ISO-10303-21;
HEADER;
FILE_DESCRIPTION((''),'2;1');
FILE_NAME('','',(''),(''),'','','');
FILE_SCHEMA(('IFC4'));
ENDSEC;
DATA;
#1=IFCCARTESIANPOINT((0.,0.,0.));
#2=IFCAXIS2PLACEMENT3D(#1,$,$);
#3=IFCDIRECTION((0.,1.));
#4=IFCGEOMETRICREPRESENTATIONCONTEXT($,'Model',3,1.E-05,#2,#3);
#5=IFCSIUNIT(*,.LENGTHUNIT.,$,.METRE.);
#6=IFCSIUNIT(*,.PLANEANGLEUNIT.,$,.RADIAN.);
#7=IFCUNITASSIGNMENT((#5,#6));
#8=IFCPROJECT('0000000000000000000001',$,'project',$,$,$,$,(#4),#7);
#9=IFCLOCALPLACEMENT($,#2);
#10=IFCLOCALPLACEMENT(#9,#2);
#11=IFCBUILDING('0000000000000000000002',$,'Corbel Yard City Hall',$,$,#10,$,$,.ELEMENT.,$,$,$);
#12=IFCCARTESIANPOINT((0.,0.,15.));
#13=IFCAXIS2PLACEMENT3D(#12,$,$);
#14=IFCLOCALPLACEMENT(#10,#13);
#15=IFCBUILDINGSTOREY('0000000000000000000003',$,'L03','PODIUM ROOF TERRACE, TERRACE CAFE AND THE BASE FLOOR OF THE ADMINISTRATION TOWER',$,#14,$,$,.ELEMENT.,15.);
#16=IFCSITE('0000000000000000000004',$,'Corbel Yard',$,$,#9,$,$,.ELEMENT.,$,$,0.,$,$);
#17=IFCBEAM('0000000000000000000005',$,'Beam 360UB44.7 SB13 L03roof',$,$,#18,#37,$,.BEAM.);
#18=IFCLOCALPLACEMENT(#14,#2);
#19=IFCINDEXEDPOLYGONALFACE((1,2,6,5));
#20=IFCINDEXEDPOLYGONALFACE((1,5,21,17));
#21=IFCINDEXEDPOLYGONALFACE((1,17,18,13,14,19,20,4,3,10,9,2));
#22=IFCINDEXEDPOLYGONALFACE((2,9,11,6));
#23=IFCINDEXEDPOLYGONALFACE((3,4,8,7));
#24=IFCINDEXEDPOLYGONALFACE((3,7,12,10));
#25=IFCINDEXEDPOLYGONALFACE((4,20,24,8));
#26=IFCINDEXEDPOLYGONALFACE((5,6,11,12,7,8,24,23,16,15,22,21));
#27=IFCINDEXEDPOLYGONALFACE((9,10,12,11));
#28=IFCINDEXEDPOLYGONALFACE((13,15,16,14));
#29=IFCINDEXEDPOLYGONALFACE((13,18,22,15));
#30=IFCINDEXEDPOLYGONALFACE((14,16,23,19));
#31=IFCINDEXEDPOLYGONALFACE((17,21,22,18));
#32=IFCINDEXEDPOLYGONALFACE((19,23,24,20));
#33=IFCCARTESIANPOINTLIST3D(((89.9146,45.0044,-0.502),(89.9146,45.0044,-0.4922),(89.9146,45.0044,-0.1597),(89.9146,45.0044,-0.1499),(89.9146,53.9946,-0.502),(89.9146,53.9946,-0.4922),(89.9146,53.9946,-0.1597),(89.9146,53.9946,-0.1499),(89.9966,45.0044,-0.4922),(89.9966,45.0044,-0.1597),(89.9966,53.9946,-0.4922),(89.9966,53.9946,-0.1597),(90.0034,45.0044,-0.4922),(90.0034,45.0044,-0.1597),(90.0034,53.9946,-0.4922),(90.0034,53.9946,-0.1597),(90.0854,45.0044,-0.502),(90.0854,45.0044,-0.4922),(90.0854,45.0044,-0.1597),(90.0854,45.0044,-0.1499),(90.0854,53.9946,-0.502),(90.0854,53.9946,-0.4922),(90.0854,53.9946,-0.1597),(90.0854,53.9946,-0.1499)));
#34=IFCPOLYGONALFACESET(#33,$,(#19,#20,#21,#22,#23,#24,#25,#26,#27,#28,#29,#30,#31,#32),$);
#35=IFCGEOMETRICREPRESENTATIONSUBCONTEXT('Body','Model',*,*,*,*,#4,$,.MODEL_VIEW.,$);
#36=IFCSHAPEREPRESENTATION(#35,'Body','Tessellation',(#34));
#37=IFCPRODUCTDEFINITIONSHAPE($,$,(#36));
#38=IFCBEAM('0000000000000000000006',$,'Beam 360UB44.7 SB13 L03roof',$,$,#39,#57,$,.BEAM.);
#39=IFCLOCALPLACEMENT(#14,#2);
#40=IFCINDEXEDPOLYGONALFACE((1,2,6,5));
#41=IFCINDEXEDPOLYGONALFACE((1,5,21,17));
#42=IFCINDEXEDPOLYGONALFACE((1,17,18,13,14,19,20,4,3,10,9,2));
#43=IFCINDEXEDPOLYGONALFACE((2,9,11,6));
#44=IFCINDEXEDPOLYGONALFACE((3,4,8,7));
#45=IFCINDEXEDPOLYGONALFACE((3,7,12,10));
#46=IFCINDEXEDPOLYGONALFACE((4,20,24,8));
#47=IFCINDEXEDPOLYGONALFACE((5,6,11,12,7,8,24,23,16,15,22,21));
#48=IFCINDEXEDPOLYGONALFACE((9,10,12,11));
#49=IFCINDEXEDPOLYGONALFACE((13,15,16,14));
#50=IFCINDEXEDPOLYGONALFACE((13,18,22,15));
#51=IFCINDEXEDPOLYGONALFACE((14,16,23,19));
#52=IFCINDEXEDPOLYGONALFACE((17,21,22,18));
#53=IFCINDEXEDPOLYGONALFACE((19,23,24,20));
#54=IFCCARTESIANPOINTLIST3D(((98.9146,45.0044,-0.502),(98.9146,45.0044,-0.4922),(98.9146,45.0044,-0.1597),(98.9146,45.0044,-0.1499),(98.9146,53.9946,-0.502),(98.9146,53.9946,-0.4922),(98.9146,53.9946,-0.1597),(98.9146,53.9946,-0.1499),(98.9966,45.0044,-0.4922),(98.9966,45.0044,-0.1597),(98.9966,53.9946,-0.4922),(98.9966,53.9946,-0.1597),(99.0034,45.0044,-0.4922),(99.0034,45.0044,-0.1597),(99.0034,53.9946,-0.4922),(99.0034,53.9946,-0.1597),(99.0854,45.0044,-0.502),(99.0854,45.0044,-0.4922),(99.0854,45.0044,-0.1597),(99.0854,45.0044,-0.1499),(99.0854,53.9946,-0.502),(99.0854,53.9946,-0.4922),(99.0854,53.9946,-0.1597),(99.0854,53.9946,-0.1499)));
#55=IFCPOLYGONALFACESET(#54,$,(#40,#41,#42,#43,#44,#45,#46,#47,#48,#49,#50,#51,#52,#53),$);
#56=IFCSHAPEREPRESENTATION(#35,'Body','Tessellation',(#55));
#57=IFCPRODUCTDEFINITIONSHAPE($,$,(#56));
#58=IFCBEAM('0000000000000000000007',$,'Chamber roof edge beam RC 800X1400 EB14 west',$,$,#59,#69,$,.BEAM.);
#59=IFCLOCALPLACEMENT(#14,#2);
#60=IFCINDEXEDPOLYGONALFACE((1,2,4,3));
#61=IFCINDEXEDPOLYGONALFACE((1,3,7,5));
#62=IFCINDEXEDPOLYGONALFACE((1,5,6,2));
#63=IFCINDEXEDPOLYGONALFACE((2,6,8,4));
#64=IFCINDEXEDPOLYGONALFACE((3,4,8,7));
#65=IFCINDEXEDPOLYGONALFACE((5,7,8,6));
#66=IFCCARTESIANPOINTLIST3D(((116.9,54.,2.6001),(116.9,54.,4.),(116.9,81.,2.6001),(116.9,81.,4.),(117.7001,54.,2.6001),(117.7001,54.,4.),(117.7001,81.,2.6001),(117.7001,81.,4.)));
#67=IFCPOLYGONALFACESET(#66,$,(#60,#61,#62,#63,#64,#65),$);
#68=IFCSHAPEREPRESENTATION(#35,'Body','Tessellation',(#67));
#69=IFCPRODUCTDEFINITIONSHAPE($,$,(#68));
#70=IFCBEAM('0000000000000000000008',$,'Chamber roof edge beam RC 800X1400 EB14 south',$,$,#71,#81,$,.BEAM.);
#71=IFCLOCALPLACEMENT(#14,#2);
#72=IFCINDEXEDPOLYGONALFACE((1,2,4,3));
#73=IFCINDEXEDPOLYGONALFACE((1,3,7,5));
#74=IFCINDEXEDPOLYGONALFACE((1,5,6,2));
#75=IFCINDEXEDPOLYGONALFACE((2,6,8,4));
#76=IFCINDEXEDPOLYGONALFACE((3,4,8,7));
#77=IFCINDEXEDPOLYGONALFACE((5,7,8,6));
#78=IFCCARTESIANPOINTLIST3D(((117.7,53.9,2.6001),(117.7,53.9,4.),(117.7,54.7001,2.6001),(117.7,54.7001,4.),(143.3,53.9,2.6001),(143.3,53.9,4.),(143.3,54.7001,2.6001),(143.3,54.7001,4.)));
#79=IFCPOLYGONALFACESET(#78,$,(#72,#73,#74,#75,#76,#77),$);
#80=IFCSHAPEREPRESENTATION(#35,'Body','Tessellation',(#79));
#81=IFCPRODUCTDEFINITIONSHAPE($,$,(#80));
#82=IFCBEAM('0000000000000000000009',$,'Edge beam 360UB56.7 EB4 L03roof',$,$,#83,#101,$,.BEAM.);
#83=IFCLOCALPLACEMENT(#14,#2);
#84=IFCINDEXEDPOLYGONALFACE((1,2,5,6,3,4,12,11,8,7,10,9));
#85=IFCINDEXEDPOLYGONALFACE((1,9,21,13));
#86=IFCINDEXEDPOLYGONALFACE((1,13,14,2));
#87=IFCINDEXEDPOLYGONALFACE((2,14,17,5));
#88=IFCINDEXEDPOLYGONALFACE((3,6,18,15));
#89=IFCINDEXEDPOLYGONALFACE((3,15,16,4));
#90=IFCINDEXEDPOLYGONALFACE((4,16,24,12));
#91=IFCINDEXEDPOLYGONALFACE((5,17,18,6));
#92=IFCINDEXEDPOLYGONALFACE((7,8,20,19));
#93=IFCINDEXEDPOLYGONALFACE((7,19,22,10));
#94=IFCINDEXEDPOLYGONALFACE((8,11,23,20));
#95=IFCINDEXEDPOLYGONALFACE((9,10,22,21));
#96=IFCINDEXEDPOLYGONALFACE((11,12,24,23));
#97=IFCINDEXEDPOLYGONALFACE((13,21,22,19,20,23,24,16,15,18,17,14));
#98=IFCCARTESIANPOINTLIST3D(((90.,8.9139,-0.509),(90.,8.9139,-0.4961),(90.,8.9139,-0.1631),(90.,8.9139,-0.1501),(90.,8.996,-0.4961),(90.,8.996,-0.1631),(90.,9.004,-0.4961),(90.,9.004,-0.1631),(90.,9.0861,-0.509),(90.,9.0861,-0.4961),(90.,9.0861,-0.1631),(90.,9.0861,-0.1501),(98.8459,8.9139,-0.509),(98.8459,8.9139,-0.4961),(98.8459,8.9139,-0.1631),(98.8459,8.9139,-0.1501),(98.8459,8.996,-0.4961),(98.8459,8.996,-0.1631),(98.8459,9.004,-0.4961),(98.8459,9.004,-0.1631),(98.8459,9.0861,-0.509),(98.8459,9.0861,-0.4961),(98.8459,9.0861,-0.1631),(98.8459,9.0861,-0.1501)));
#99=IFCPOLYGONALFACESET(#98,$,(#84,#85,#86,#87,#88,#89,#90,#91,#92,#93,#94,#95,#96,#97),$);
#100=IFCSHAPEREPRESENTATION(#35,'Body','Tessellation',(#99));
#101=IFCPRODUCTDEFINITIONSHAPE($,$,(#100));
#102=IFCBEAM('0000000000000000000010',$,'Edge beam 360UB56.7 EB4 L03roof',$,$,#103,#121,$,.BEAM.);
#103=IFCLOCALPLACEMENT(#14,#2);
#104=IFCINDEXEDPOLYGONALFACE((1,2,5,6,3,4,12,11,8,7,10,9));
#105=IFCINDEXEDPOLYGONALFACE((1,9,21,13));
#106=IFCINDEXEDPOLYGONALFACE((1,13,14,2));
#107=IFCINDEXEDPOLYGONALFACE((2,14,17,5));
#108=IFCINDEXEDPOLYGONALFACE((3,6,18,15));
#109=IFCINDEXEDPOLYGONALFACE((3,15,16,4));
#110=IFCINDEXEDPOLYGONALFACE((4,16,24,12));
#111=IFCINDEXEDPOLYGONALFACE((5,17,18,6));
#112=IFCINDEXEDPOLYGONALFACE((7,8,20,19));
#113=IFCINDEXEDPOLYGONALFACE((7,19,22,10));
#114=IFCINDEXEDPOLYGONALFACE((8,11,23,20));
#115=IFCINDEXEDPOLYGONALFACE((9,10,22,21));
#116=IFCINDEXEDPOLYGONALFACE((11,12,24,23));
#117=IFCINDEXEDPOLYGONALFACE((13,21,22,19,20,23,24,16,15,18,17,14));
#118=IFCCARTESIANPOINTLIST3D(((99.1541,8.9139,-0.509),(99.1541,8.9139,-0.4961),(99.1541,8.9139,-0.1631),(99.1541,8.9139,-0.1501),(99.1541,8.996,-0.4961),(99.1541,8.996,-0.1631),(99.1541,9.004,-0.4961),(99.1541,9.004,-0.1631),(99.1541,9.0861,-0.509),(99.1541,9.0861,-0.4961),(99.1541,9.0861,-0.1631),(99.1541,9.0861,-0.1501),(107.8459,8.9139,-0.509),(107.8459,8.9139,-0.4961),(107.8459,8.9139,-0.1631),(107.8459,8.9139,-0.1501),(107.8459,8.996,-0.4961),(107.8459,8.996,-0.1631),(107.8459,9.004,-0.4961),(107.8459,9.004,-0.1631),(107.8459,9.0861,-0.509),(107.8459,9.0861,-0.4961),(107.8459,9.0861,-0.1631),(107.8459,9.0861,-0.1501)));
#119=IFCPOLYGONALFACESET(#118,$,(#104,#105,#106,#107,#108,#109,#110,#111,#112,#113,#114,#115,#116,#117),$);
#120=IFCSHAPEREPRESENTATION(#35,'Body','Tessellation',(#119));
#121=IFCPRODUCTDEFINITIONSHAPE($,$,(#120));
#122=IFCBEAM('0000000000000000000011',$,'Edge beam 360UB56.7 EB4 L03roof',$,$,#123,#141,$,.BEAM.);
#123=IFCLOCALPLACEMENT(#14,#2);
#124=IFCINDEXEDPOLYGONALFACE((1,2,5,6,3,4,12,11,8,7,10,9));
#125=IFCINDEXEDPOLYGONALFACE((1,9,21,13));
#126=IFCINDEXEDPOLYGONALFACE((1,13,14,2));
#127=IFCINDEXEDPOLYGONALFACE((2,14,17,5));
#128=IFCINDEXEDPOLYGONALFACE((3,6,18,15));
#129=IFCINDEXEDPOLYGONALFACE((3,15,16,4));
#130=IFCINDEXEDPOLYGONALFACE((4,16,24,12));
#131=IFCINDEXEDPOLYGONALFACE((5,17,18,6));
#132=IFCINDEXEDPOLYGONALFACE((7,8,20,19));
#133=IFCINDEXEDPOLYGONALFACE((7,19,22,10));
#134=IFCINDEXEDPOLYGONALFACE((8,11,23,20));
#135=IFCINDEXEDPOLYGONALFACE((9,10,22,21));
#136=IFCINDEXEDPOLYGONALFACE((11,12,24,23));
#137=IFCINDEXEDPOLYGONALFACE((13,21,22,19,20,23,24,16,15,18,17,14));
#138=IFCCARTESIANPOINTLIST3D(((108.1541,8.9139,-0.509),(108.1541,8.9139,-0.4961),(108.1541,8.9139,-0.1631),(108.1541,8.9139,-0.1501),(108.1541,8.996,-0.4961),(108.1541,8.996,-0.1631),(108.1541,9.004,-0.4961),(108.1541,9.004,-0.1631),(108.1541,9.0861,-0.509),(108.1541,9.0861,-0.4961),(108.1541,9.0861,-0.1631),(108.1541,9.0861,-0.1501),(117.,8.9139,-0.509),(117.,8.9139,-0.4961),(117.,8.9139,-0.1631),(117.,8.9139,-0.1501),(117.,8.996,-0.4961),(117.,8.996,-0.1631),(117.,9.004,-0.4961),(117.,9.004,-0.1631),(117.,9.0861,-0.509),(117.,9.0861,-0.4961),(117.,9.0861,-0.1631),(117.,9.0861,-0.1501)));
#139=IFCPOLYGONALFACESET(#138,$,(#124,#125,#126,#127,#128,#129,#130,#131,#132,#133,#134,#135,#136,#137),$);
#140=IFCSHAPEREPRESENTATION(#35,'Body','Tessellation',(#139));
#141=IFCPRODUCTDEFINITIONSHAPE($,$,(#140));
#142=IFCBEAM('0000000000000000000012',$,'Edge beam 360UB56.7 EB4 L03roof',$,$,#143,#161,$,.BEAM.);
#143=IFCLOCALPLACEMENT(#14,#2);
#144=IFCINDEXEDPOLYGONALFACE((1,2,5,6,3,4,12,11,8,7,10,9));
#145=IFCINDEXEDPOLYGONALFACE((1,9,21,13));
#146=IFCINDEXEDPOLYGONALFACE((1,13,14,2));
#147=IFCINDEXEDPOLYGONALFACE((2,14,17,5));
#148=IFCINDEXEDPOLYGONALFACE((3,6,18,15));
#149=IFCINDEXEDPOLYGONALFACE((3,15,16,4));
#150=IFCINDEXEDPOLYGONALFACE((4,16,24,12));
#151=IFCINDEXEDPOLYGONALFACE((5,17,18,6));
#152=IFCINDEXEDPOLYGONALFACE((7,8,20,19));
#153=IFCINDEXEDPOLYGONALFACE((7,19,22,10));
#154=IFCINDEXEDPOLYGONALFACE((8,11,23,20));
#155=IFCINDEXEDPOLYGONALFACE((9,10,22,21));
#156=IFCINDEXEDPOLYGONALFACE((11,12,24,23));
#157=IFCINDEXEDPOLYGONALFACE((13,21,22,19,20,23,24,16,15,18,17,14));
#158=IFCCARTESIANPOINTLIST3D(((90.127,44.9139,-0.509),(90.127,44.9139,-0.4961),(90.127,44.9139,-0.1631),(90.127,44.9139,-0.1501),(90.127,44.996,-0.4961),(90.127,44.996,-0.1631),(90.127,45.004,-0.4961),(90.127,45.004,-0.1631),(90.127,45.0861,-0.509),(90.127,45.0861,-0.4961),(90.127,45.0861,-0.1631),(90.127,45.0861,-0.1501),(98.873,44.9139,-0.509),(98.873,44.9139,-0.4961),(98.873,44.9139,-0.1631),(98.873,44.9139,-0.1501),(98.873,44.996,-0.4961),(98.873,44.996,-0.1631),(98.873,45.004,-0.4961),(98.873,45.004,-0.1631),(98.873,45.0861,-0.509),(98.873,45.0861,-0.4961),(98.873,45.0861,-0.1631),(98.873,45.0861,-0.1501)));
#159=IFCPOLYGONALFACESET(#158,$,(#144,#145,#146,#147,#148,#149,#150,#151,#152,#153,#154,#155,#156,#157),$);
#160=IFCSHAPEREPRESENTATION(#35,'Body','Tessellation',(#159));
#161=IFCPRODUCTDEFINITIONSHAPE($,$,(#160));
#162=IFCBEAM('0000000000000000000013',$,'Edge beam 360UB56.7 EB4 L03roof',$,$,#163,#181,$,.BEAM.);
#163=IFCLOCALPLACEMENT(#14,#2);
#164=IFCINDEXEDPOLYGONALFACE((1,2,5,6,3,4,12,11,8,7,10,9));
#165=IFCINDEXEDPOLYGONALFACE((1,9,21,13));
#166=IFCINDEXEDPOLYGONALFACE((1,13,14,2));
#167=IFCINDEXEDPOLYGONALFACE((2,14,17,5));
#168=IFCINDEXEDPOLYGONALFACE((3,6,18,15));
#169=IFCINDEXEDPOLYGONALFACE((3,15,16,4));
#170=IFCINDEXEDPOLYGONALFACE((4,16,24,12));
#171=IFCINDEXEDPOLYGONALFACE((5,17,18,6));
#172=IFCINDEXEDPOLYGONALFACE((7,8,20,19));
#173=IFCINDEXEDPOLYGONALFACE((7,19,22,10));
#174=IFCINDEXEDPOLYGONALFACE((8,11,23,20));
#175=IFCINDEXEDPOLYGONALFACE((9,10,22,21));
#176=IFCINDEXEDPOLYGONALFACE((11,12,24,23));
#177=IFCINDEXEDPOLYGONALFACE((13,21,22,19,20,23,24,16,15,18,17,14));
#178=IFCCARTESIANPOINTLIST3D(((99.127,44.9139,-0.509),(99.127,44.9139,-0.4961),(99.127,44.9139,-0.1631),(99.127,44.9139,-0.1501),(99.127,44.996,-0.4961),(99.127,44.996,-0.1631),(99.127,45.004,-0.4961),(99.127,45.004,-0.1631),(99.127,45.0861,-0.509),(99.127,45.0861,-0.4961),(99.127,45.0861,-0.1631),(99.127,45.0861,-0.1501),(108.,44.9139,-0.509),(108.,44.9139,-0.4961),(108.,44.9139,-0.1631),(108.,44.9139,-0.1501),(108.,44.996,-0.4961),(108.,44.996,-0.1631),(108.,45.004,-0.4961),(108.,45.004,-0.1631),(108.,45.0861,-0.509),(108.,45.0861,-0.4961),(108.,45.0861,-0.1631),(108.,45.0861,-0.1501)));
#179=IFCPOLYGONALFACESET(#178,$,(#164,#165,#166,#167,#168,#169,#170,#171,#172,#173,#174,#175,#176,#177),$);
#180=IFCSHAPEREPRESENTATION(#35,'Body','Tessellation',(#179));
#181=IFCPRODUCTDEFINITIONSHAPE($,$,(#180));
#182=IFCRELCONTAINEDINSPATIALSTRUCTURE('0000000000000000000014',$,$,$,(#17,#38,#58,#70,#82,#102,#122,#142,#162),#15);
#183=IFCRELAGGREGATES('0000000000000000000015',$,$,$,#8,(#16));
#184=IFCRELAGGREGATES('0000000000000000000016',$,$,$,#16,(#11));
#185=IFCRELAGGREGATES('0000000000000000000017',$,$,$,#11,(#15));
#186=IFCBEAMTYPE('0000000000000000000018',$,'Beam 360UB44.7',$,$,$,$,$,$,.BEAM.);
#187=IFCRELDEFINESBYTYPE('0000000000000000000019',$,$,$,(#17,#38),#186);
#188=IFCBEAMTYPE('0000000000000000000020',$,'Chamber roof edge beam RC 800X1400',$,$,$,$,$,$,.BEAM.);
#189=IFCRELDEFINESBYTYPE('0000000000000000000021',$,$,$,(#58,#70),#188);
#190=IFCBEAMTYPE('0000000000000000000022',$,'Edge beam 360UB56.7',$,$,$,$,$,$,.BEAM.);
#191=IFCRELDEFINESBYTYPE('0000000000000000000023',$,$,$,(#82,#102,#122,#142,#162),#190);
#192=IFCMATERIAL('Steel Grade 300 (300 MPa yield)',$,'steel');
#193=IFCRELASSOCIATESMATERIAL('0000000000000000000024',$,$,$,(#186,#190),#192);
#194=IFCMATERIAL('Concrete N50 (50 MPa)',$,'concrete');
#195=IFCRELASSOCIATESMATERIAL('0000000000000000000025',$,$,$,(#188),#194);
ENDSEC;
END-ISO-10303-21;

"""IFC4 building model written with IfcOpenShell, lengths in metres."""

from ifc_helpers import new_model, si_unit, direction, frame, origin, origin_2d, place, context, subcontext, project, spatial, rectangle, i_section, extrude, material, material_profile, profile_set, type_object, element, save


model = new_model("IFC4")

# Units and contexts
model_context = context("Model", 3, precision=1e-05, world=origin(), true_north=direction((0.0, 1.0)))
body_context = subcontext(model_context, "Body", "Model", "MODEL_VIEW")
ifc_project = project(units=[si_unit("LENGTHUNIT", "METRE"), si_unit("PLANEANGLEUNIT", "RADIAN")], contexts=[model_context])

# Site, building, storey
site_placement = place(None, origin())
site = spatial("IfcSite", under=ifc_project, at=site_placement, Name="Corbel Yard", CompositionType="ELEMENT", RefElevation=0.0)
building_placement = place(site_placement, origin())
building = spatial("IfcBuilding", under=site, at=building_placement, Name="Corbel Yard City Hall", CompositionType="ELEMENT")
storey_placement = place(building_placement, frame((0.0, 0.0, 15.0)))
storey = spatial("IfcBuildingStorey", under=building, at=storey_placement, Name="L03", Description="PODIUM ROOF TERRACE, TERRACE CAFE AND THE BASE FLOOR OF THE ADMINISTRATION TOWER", CompositionType="ELEMENT", Elevation=15.0)

# Beams
ifc_material_1 = material(Name="Steel Grade 300 (300 MPa yield)", Category="steel")
ifc_material_profile_1 = material_profile(ifc_material_1, i_section(OverallWidth=0.1709, OverallDepth=0.3521, WebThickness=0.0068, FlangeThickness=0.0098, at=origin_2d()), Name="360UB44.7")
ifc_profile_set_1 = profile_set([ifc_material_profile_1], Name="Steel Grade 300 (300 MPa yield)")
beam_type_1 = type_object("IfcBeamType", Name="Beam 360UB44.7", PredefinedType="BEAM", material=ifc_profile_set_1)
for number, where, z_axis, x_axis, name in (
    (1, (90.0, 45.0044, -0.3259), (0.0, 1.0, 0.0), (-1.0, 0.0, 0.0), "Beam 360UB44.7 SB13 L03roof"),
    (2, (99.0, 45.0044, -0.3259), (0.0, 1.0, 0.0), (-1.0, 0.0, 0.0), "Beam 360UB44.7 SB13 L03roof"),
):
    element("IfcBeam", number, at=place(storey_placement, frame(where, z_axis=z_axis, x_axis=x_axis)), inside=storey, type_object=beam_type_1, Name=name, PredefinedType="BEAM", context=body_context, shape_type="SweptSolid", body=[
        extrude(i_section(OverallWidth=0.1709, OverallDepth=0.3521, WebThickness=0.0068, FlangeThickness=0.0098, at=origin_2d()), origin(), (0.0, 0.0, 1.0), 8.9902),
    ])
ifc_material_2 = material(Name="Concrete N50 (50 MPa)", Category="concrete")
ifc_material_profile_2 = material_profile(ifc_material_2, rectangle(XDim=0.8, YDim=1.3999, at=origin_2d()), Name="800x1400")
ifc_profile_set_2 = profile_set([ifc_material_profile_2], Name="Concrete N50 (50 MPa)")
beam_type_2 = type_object("IfcBeamType", Name="Chamber roof edge beam RC 800X1400", PredefinedType="BEAM", material=ifc_profile_set_2)
beam_1_placement = place(storey_placement, frame((117.3, 54.0, 3.3), z_axis=(0.0, 1.0, 0.0), x_axis=(-1.0, 0.0, 0.0)))
element("IfcBeam", 3, at=beam_1_placement, inside=storey, type_object=beam_type_2, Name="Chamber roof edge beam RC 800X1400 EB14 west", PredefinedType="BEAM", context=body_context, shape_type="SweptSolid", body=[
    extrude(rectangle(XDim=0.8, YDim=1.3999, at=origin_2d()), origin(), (0.0, 0.0, 1.0), 27.0),
])
beam_2_placement = place(storey_placement, frame((117.7, 54.3, 3.3), z_axis=(1.0, 0.0, 0.0), x_axis=(0.0, 1.0, 0.0)))
element("IfcBeam", 4, at=beam_2_placement, inside=storey, type_object=beam_type_2, Name="Chamber roof edge beam RC 800X1400 EB14 south", PredefinedType="BEAM", context=body_context, shape_type="SweptSolid", body=[
    extrude(rectangle(XDim=0.8, YDim=1.3999, at=origin_2d()), origin(), (0.0, 0.0, 1.0), 25.6001),
])
ifc_material_profile_3 = material_profile(ifc_material_1, i_section(OverallWidth=0.1721, OverallDepth=0.3589, WebThickness=0.0081, FlangeThickness=0.0129, at=origin_2d()), Name="360UB56.7")
ifc_profile_set_3 = profile_set([ifc_material_profile_3], Name="Steel Grade 300 (300 MPa yield)")
beam_type_3 = type_object("IfcBeamType", Name="Edge beam 360UB56.7", PredefinedType="BEAM", material=ifc_profile_set_3)
beam_3_placement = place(storey_placement, frame((90.0, 9.0, -0.3296), z_axis=(1.0, 0.0, 0.0), x_axis=(0.0, 1.0, 0.0)))
element("IfcBeam", 5, at=beam_3_placement, inside=storey, type_object=beam_type_3, Name="Edge beam 360UB56.7 EB4 L03roof", PredefinedType="BEAM", context=body_context, shape_type="SweptSolid", body=[
    extrude(i_section(OverallWidth=0.1721, OverallDepth=0.3589, WebThickness=0.0081, FlangeThickness=0.0129, at=origin_2d()), origin(), (0.0, 0.0, 1.0), 8.8459),
])
beam_4_placement = place(storey_placement, frame((99.1541, 9.0, -0.3296), z_axis=(1.0, 0.0, 0.0), x_axis=(0.0, 1.0, 0.0)))
element("IfcBeam", 6, at=beam_4_placement, inside=storey, type_object=beam_type_3, Name="Edge beam 360UB56.7 EB4 L03roof", PredefinedType="BEAM", context=body_context, shape_type="SweptSolid", body=[
    extrude(i_section(OverallWidth=0.1721, OverallDepth=0.3589, WebThickness=0.0081, FlangeThickness=0.0129, at=origin_2d()), origin(), (0.0, 0.0, 1.0), 8.6919),
])
beam_5_placement = place(storey_placement, frame((108.1541, 9.0, -0.3296), z_axis=(1.0, 0.0, 0.0), x_axis=(0.0, 1.0, 0.0)))
element("IfcBeam", 7, at=beam_5_placement, inside=storey, type_object=beam_type_3, Name="Edge beam 360UB56.7 EB4 L03roof", PredefinedType="BEAM", context=body_context, shape_type="SweptSolid", body=[
    extrude(i_section(OverallWidth=0.1721, OverallDepth=0.3589, WebThickness=0.0081, FlangeThickness=0.0129, at=origin_2d()), origin(), (0.0, 0.0, 1.0), 8.8459),
])
beam_6_placement = place(storey_placement, frame((90.127, 45.0, -0.3296), z_axis=(1.0, 0.0, 0.0), x_axis=(0.0, 1.0, 0.0)))
element("IfcBeam", 8, at=beam_6_placement, inside=storey, type_object=beam_type_3, Name="Edge beam 360UB56.7 EB4 L03roof", PredefinedType="BEAM", context=body_context, shape_type="SweptSolid", body=[
    extrude(i_section(OverallWidth=0.1721, OverallDepth=0.3589, WebThickness=0.0081, FlangeThickness=0.0129, at=origin_2d()), origin(), (0.0, 0.0, 1.0), 8.7461),
])
for number, where, z_axis, x_axis, name in (
    (9, (99.127, 45.0, -0.3296), (1.0, 0.0, 0.0), (0.0, 1.0, 0.0), "Edge beam 360UB56.7 EB4 L03roof"),
):
    element("IfcBeam", number, at=place(storey_placement, frame(where, z_axis=z_axis, x_axis=x_axis)), inside=storey, type_object=beam_type_3, Name=name, PredefinedType="BEAM", context=body_context, shape_type="SweptSolid", body=[
        extrude(i_section(OverallWidth=0.1721, OverallDepth=0.3589, WebThickness=0.0081, FlangeThickness=0.0129, at=origin_2d()), origin(), (0.0, 0.0, 1.0), 8.873),
    ])

save(model, "model.ifc")
